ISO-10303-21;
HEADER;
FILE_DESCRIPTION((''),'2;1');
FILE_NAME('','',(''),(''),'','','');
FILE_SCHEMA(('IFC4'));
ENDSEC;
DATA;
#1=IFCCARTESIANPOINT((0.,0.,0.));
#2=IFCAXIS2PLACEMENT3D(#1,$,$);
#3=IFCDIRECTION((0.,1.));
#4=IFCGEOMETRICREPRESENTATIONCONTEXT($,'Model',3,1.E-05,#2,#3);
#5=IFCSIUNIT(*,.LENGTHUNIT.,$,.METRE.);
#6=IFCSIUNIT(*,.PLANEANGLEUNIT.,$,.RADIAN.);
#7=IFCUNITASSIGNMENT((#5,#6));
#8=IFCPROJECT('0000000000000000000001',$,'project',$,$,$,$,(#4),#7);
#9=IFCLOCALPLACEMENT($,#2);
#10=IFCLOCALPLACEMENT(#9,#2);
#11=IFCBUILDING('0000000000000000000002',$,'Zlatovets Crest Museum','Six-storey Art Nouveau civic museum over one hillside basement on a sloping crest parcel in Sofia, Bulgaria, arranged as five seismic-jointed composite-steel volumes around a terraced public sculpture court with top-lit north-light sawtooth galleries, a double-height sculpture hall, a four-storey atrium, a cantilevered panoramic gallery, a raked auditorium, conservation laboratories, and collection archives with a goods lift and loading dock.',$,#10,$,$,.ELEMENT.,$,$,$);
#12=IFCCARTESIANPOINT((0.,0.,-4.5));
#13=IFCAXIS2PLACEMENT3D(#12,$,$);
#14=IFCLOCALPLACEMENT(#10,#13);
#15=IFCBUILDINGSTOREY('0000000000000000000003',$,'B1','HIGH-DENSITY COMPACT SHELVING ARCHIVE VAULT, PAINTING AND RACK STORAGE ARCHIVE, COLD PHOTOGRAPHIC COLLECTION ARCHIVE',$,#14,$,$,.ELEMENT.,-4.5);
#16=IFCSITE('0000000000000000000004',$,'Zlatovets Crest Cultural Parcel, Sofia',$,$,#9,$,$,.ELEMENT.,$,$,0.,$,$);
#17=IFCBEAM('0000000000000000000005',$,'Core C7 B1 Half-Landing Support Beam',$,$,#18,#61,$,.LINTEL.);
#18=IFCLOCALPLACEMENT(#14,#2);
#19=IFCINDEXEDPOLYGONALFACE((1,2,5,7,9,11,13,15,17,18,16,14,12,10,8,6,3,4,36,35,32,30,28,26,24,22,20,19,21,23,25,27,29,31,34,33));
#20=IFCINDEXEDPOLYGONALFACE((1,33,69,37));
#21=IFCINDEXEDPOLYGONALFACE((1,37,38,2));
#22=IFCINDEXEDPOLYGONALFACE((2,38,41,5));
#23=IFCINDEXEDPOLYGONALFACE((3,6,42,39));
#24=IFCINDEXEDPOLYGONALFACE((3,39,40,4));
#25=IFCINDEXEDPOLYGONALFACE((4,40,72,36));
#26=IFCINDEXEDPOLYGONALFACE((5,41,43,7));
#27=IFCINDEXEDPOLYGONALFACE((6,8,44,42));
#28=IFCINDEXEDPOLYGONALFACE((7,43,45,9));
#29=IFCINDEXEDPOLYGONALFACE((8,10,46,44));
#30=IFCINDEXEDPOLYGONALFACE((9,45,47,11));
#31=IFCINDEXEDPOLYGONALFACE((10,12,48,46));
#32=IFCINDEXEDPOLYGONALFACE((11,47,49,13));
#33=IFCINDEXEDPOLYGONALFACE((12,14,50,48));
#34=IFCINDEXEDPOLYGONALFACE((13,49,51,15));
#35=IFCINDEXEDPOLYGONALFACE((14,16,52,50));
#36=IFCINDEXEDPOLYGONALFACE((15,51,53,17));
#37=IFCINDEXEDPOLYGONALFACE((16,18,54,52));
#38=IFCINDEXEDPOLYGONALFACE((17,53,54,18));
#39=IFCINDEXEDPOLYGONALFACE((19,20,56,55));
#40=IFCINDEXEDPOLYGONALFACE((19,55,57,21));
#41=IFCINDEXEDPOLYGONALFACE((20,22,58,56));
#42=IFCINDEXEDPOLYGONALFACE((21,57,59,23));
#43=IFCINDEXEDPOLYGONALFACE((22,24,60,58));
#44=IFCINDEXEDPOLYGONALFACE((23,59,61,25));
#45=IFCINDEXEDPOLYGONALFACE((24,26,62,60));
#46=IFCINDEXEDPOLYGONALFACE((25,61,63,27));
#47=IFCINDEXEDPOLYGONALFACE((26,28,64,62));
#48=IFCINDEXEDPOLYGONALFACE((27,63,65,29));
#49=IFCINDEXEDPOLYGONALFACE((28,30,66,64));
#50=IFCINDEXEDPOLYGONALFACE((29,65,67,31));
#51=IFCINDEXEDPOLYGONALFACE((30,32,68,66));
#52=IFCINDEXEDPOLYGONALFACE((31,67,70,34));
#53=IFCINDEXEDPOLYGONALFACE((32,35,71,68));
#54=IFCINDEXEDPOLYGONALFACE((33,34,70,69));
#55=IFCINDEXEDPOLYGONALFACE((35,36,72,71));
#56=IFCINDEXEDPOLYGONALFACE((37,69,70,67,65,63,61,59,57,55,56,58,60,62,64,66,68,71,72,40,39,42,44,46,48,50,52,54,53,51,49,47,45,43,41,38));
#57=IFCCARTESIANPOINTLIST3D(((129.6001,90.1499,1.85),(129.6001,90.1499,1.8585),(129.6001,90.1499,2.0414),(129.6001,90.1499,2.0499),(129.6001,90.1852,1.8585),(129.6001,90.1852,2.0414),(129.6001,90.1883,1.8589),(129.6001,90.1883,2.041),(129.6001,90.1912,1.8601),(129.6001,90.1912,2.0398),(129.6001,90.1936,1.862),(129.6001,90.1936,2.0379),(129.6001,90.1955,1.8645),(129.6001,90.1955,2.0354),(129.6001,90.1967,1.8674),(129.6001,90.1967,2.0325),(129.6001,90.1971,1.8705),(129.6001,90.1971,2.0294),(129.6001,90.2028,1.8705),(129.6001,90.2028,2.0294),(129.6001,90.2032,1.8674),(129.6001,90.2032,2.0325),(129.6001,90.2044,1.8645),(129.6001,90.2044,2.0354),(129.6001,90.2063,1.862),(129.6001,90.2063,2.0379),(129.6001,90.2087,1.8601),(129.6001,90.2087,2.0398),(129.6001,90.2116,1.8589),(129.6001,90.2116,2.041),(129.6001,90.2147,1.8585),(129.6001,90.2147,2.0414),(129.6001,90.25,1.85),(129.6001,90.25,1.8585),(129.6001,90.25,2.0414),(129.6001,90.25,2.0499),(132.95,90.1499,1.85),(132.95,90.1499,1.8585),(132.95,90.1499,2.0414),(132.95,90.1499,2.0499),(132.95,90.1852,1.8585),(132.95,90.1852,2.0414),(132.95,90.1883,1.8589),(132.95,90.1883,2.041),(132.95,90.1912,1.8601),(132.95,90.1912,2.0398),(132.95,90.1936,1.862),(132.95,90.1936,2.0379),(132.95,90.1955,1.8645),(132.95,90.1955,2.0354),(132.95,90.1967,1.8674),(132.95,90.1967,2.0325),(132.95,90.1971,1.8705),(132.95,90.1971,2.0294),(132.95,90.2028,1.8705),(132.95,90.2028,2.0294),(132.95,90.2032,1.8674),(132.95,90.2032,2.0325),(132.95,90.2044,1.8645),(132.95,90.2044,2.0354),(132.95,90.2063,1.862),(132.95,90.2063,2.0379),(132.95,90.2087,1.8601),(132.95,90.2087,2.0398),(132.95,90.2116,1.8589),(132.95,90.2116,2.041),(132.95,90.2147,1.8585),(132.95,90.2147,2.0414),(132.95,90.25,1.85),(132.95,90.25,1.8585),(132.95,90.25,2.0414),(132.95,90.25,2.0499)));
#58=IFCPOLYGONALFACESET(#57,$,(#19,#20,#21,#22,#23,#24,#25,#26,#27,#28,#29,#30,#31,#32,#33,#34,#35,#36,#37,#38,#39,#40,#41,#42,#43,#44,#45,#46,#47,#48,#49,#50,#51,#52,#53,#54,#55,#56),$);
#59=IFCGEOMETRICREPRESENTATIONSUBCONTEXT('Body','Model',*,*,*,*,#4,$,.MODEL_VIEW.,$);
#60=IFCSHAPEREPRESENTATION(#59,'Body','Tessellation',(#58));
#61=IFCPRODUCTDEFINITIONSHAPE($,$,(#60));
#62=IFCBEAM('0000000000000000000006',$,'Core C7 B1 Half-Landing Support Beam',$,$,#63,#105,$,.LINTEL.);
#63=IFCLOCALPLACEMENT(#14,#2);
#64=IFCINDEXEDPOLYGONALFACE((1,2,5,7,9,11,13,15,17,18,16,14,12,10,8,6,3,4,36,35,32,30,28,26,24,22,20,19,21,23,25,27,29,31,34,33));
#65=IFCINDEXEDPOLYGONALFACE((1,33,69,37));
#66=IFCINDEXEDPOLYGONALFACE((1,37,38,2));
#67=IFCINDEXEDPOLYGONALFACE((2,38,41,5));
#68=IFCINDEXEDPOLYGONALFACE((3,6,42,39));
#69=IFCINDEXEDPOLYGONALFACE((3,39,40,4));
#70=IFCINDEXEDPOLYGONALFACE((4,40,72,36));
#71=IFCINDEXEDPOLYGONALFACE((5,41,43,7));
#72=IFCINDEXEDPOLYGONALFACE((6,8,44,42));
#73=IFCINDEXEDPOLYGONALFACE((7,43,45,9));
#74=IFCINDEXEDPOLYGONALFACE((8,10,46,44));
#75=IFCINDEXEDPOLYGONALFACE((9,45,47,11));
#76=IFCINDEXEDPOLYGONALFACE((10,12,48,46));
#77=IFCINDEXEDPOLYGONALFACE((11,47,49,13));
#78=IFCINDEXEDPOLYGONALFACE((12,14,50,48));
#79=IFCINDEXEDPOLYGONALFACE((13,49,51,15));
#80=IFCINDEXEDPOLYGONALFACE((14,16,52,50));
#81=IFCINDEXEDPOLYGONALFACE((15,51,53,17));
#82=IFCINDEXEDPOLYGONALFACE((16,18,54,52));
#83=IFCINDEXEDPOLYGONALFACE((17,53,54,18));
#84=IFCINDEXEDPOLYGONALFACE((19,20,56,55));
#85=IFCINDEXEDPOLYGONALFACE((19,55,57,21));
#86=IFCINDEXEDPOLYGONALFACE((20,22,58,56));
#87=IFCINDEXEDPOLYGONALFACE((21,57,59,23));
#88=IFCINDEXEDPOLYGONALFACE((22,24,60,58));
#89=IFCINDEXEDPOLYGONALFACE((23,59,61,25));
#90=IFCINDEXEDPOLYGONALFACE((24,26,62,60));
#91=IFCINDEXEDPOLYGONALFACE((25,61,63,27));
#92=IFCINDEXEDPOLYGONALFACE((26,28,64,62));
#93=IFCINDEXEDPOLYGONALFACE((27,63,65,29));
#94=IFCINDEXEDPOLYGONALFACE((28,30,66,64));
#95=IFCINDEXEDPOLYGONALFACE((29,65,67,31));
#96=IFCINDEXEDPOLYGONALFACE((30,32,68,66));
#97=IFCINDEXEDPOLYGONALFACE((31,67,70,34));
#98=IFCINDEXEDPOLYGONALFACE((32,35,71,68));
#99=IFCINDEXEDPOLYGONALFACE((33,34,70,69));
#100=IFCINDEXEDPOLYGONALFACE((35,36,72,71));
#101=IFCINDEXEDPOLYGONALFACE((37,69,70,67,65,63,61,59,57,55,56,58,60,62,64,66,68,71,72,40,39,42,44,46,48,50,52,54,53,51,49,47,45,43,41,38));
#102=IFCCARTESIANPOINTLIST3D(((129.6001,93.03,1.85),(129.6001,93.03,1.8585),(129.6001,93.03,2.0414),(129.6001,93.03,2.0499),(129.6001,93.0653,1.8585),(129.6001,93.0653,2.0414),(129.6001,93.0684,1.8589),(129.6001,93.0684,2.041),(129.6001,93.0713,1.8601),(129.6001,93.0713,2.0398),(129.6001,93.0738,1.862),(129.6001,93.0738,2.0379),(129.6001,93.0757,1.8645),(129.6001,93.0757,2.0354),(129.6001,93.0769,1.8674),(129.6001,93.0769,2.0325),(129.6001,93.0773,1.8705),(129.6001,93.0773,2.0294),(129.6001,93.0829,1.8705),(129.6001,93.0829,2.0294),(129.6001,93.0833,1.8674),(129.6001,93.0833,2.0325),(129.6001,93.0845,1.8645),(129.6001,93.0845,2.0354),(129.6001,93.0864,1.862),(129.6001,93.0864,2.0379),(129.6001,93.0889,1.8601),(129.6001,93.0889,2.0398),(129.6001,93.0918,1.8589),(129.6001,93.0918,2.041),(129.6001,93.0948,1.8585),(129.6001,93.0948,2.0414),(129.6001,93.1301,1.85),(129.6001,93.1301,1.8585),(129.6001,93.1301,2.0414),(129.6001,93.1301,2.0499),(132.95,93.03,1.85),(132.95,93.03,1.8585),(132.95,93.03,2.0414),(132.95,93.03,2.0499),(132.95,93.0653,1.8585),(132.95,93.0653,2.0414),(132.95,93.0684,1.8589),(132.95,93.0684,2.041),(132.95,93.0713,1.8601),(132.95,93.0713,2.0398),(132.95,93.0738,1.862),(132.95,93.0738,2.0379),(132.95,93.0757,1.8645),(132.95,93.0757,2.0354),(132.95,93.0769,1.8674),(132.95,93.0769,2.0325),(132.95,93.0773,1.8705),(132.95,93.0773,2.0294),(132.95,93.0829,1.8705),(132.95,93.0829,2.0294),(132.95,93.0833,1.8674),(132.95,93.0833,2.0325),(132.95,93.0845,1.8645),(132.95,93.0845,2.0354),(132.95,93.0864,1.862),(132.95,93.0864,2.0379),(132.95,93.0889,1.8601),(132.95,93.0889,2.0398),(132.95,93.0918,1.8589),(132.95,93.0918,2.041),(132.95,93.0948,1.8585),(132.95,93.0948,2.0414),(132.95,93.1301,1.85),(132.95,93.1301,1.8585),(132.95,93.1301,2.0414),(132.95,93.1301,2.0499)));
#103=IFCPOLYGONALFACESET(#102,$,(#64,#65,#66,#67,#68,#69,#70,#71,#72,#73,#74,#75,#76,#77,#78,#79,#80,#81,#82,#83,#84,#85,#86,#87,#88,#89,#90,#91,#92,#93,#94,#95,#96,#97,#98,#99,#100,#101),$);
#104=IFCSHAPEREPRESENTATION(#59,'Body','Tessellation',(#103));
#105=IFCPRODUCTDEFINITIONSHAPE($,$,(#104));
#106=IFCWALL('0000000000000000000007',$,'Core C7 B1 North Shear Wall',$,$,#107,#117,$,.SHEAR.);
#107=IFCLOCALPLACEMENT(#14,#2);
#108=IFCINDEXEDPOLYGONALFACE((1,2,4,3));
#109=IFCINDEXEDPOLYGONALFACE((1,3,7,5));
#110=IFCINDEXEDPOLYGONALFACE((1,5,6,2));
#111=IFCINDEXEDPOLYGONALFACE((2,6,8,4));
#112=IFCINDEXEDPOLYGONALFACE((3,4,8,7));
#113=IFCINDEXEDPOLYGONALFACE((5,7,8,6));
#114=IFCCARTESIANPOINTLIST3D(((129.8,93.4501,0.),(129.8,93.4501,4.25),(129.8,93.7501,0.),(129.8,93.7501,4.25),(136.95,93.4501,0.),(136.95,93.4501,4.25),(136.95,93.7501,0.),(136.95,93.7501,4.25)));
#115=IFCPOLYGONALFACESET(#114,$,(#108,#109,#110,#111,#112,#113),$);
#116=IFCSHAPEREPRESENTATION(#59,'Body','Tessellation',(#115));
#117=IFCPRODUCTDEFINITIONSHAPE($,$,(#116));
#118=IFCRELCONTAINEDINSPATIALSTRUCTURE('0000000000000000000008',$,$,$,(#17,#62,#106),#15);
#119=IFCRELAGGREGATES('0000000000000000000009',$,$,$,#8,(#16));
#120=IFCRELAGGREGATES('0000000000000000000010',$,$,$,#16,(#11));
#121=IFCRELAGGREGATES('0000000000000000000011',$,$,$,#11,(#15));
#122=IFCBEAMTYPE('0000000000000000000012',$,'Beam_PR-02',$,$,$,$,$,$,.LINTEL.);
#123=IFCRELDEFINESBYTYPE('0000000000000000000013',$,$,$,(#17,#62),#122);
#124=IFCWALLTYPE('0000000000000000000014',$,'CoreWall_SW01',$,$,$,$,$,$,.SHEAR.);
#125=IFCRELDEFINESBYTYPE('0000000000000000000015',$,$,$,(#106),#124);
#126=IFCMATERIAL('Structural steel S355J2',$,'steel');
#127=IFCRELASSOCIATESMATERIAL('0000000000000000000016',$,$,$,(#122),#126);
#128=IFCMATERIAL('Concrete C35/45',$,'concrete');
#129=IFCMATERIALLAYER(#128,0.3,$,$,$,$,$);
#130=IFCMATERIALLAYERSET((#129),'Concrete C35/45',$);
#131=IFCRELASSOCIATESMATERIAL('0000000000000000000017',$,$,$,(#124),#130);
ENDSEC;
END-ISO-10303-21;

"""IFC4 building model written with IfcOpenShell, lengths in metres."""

from ifc_helpers import new_model, si_unit, direction, frame, frame_2d, origin, origin_2d, place, context, subcontext, project, spatial, rectangle, i_section, extrude, material, layer, layer_set, material_profile, profile_set, type_object, element, save


model = new_model("IFC4")

# Units and contexts
model_context = context("Model", 3, precision=1e-05, world=origin(), true_north=direction((0.0, 1.0)))
body_context = subcontext(model_context, "Body", "Model", "MODEL_VIEW")
ifc_project = project(units=[si_unit("LENGTHUNIT", "METRE"), si_unit("PLANEANGLEUNIT", "RADIAN")], contexts=[model_context])

# Site, building, storey
site_placement = place(None, origin())
site = spatial("IfcSite", under=ifc_project, at=site_placement, Name="Zlatovets Crest Cultural Parcel, Sofia", CompositionType="ELEMENT", RefElevation=0.0)
building_placement = place(site_placement, origin())
building = spatial("IfcBuilding", under=site, at=building_placement, Name="Zlatovets Crest Museum", Description="Six-storey Art Nouveau civic museum over one hillside basement on a sloping crest parcel in Sofia, Bulgaria, arranged as five seismic-jointed composite-steel volumes around a terraced public sculpture court with top-lit north-light sawtooth galleries, a double-height sculpture hall, a four-storey atrium, a cantilevered panoramic gallery, a raked auditorium, conservation laboratories, and collection archives with a goods lift and loading dock.", CompositionType="ELEMENT")
storey_placement = place(building_placement, frame((0.0, 0.0, -4.5)))
storey = spatial("IfcBuildingStorey", under=building, at=storey_placement, Name="B1", Description="HIGH-DENSITY COMPACT SHELVING ARCHIVE VAULT, PAINTING AND RACK STORAGE ARCHIVE, COLD PHOTOGRAPHIC COLLECTION ARCHIVE", CompositionType="ELEMENT", Elevation=-4.5)

# Shared definitions
ifc_material_1 = material(Name="Concrete C35/45", Category="concrete")

# Beams
ifc_material_2 = material(Name="Structural steel S355J2", Category="steel")
ifc_material_profile_1 = material_profile(ifc_material_2, i_section(OverallWidth=0.1001, OverallDepth=0.2, WebThickness=0.0056, FlangeThickness=0.0085, FilletRadius=0.012, at=origin_2d()), Name="IPE 200")
ifc_profile_set_1 = profile_set([ifc_material_profile_1], Name="Structural steel S355J2")
beam_type = type_object("IfcBeamType", Name="Beam_PR-02", PredefinedType="LINTEL", material=ifc_profile_set_1)
for number, where, z_axis, x_axis, name in (
    (1, (129.6001, 90.2, 1.95), (1.0, 0.0, 0.0), (0.0, 1.0, 0.0), "Core C7 B1 Half-Landing Support Beam"),
    (2, (129.6001, 93.0801, 1.95), (1.0, 0.0, 0.0), (0.0, 1.0, 0.0), "Core C7 B1 Half-Landing Support Beam"),
):
    element("IfcBeam", number, at=place(storey_placement, frame(where, z_axis=z_axis, x_axis=x_axis)), inside=storey, type_object=beam_type, Name=name, PredefinedType="LINTEL", context=body_context, shape_type="SweptSolid", body=[
        extrude(i_section(OverallWidth=0.1001, OverallDepth=0.2, WebThickness=0.0056, FlangeThickness=0.0085, FilletRadius=0.012, at=origin_2d()), origin(), (0.0, 0.0, 1.0), 3.3499),
    ])

# Wall
ifc_layer = layer(ifc_material_1, 0.3)
ifc_layer_set = layer_set([ifc_layer], Name="Concrete C35/45")
wall_type = type_object("IfcWallType", Name="CoreWall_SW01", PredefinedType="SHEAR", material=ifc_layer_set)
wall_placement = place(storey_placement, frame((129.8, 93.6001, 0.0), z_axis=(0.0, 0.0, 1.0), x_axis=(1.0, 0.0, 0.0)))
element("IfcWall", 3, at=wall_placement, inside=storey, type_object=wall_type, Name="Core C7 B1 North Shear Wall", PredefinedType="SHEAR", context=body_context, shape_type="SweptSolid", body=[
    extrude(rectangle(XDim=7.1499, YDim=0.3, at=frame_2d((3.575, 0.0))), origin(), (0.0, 0.0, 1.0), 4.25),
])

save(model, "model.ifc")
